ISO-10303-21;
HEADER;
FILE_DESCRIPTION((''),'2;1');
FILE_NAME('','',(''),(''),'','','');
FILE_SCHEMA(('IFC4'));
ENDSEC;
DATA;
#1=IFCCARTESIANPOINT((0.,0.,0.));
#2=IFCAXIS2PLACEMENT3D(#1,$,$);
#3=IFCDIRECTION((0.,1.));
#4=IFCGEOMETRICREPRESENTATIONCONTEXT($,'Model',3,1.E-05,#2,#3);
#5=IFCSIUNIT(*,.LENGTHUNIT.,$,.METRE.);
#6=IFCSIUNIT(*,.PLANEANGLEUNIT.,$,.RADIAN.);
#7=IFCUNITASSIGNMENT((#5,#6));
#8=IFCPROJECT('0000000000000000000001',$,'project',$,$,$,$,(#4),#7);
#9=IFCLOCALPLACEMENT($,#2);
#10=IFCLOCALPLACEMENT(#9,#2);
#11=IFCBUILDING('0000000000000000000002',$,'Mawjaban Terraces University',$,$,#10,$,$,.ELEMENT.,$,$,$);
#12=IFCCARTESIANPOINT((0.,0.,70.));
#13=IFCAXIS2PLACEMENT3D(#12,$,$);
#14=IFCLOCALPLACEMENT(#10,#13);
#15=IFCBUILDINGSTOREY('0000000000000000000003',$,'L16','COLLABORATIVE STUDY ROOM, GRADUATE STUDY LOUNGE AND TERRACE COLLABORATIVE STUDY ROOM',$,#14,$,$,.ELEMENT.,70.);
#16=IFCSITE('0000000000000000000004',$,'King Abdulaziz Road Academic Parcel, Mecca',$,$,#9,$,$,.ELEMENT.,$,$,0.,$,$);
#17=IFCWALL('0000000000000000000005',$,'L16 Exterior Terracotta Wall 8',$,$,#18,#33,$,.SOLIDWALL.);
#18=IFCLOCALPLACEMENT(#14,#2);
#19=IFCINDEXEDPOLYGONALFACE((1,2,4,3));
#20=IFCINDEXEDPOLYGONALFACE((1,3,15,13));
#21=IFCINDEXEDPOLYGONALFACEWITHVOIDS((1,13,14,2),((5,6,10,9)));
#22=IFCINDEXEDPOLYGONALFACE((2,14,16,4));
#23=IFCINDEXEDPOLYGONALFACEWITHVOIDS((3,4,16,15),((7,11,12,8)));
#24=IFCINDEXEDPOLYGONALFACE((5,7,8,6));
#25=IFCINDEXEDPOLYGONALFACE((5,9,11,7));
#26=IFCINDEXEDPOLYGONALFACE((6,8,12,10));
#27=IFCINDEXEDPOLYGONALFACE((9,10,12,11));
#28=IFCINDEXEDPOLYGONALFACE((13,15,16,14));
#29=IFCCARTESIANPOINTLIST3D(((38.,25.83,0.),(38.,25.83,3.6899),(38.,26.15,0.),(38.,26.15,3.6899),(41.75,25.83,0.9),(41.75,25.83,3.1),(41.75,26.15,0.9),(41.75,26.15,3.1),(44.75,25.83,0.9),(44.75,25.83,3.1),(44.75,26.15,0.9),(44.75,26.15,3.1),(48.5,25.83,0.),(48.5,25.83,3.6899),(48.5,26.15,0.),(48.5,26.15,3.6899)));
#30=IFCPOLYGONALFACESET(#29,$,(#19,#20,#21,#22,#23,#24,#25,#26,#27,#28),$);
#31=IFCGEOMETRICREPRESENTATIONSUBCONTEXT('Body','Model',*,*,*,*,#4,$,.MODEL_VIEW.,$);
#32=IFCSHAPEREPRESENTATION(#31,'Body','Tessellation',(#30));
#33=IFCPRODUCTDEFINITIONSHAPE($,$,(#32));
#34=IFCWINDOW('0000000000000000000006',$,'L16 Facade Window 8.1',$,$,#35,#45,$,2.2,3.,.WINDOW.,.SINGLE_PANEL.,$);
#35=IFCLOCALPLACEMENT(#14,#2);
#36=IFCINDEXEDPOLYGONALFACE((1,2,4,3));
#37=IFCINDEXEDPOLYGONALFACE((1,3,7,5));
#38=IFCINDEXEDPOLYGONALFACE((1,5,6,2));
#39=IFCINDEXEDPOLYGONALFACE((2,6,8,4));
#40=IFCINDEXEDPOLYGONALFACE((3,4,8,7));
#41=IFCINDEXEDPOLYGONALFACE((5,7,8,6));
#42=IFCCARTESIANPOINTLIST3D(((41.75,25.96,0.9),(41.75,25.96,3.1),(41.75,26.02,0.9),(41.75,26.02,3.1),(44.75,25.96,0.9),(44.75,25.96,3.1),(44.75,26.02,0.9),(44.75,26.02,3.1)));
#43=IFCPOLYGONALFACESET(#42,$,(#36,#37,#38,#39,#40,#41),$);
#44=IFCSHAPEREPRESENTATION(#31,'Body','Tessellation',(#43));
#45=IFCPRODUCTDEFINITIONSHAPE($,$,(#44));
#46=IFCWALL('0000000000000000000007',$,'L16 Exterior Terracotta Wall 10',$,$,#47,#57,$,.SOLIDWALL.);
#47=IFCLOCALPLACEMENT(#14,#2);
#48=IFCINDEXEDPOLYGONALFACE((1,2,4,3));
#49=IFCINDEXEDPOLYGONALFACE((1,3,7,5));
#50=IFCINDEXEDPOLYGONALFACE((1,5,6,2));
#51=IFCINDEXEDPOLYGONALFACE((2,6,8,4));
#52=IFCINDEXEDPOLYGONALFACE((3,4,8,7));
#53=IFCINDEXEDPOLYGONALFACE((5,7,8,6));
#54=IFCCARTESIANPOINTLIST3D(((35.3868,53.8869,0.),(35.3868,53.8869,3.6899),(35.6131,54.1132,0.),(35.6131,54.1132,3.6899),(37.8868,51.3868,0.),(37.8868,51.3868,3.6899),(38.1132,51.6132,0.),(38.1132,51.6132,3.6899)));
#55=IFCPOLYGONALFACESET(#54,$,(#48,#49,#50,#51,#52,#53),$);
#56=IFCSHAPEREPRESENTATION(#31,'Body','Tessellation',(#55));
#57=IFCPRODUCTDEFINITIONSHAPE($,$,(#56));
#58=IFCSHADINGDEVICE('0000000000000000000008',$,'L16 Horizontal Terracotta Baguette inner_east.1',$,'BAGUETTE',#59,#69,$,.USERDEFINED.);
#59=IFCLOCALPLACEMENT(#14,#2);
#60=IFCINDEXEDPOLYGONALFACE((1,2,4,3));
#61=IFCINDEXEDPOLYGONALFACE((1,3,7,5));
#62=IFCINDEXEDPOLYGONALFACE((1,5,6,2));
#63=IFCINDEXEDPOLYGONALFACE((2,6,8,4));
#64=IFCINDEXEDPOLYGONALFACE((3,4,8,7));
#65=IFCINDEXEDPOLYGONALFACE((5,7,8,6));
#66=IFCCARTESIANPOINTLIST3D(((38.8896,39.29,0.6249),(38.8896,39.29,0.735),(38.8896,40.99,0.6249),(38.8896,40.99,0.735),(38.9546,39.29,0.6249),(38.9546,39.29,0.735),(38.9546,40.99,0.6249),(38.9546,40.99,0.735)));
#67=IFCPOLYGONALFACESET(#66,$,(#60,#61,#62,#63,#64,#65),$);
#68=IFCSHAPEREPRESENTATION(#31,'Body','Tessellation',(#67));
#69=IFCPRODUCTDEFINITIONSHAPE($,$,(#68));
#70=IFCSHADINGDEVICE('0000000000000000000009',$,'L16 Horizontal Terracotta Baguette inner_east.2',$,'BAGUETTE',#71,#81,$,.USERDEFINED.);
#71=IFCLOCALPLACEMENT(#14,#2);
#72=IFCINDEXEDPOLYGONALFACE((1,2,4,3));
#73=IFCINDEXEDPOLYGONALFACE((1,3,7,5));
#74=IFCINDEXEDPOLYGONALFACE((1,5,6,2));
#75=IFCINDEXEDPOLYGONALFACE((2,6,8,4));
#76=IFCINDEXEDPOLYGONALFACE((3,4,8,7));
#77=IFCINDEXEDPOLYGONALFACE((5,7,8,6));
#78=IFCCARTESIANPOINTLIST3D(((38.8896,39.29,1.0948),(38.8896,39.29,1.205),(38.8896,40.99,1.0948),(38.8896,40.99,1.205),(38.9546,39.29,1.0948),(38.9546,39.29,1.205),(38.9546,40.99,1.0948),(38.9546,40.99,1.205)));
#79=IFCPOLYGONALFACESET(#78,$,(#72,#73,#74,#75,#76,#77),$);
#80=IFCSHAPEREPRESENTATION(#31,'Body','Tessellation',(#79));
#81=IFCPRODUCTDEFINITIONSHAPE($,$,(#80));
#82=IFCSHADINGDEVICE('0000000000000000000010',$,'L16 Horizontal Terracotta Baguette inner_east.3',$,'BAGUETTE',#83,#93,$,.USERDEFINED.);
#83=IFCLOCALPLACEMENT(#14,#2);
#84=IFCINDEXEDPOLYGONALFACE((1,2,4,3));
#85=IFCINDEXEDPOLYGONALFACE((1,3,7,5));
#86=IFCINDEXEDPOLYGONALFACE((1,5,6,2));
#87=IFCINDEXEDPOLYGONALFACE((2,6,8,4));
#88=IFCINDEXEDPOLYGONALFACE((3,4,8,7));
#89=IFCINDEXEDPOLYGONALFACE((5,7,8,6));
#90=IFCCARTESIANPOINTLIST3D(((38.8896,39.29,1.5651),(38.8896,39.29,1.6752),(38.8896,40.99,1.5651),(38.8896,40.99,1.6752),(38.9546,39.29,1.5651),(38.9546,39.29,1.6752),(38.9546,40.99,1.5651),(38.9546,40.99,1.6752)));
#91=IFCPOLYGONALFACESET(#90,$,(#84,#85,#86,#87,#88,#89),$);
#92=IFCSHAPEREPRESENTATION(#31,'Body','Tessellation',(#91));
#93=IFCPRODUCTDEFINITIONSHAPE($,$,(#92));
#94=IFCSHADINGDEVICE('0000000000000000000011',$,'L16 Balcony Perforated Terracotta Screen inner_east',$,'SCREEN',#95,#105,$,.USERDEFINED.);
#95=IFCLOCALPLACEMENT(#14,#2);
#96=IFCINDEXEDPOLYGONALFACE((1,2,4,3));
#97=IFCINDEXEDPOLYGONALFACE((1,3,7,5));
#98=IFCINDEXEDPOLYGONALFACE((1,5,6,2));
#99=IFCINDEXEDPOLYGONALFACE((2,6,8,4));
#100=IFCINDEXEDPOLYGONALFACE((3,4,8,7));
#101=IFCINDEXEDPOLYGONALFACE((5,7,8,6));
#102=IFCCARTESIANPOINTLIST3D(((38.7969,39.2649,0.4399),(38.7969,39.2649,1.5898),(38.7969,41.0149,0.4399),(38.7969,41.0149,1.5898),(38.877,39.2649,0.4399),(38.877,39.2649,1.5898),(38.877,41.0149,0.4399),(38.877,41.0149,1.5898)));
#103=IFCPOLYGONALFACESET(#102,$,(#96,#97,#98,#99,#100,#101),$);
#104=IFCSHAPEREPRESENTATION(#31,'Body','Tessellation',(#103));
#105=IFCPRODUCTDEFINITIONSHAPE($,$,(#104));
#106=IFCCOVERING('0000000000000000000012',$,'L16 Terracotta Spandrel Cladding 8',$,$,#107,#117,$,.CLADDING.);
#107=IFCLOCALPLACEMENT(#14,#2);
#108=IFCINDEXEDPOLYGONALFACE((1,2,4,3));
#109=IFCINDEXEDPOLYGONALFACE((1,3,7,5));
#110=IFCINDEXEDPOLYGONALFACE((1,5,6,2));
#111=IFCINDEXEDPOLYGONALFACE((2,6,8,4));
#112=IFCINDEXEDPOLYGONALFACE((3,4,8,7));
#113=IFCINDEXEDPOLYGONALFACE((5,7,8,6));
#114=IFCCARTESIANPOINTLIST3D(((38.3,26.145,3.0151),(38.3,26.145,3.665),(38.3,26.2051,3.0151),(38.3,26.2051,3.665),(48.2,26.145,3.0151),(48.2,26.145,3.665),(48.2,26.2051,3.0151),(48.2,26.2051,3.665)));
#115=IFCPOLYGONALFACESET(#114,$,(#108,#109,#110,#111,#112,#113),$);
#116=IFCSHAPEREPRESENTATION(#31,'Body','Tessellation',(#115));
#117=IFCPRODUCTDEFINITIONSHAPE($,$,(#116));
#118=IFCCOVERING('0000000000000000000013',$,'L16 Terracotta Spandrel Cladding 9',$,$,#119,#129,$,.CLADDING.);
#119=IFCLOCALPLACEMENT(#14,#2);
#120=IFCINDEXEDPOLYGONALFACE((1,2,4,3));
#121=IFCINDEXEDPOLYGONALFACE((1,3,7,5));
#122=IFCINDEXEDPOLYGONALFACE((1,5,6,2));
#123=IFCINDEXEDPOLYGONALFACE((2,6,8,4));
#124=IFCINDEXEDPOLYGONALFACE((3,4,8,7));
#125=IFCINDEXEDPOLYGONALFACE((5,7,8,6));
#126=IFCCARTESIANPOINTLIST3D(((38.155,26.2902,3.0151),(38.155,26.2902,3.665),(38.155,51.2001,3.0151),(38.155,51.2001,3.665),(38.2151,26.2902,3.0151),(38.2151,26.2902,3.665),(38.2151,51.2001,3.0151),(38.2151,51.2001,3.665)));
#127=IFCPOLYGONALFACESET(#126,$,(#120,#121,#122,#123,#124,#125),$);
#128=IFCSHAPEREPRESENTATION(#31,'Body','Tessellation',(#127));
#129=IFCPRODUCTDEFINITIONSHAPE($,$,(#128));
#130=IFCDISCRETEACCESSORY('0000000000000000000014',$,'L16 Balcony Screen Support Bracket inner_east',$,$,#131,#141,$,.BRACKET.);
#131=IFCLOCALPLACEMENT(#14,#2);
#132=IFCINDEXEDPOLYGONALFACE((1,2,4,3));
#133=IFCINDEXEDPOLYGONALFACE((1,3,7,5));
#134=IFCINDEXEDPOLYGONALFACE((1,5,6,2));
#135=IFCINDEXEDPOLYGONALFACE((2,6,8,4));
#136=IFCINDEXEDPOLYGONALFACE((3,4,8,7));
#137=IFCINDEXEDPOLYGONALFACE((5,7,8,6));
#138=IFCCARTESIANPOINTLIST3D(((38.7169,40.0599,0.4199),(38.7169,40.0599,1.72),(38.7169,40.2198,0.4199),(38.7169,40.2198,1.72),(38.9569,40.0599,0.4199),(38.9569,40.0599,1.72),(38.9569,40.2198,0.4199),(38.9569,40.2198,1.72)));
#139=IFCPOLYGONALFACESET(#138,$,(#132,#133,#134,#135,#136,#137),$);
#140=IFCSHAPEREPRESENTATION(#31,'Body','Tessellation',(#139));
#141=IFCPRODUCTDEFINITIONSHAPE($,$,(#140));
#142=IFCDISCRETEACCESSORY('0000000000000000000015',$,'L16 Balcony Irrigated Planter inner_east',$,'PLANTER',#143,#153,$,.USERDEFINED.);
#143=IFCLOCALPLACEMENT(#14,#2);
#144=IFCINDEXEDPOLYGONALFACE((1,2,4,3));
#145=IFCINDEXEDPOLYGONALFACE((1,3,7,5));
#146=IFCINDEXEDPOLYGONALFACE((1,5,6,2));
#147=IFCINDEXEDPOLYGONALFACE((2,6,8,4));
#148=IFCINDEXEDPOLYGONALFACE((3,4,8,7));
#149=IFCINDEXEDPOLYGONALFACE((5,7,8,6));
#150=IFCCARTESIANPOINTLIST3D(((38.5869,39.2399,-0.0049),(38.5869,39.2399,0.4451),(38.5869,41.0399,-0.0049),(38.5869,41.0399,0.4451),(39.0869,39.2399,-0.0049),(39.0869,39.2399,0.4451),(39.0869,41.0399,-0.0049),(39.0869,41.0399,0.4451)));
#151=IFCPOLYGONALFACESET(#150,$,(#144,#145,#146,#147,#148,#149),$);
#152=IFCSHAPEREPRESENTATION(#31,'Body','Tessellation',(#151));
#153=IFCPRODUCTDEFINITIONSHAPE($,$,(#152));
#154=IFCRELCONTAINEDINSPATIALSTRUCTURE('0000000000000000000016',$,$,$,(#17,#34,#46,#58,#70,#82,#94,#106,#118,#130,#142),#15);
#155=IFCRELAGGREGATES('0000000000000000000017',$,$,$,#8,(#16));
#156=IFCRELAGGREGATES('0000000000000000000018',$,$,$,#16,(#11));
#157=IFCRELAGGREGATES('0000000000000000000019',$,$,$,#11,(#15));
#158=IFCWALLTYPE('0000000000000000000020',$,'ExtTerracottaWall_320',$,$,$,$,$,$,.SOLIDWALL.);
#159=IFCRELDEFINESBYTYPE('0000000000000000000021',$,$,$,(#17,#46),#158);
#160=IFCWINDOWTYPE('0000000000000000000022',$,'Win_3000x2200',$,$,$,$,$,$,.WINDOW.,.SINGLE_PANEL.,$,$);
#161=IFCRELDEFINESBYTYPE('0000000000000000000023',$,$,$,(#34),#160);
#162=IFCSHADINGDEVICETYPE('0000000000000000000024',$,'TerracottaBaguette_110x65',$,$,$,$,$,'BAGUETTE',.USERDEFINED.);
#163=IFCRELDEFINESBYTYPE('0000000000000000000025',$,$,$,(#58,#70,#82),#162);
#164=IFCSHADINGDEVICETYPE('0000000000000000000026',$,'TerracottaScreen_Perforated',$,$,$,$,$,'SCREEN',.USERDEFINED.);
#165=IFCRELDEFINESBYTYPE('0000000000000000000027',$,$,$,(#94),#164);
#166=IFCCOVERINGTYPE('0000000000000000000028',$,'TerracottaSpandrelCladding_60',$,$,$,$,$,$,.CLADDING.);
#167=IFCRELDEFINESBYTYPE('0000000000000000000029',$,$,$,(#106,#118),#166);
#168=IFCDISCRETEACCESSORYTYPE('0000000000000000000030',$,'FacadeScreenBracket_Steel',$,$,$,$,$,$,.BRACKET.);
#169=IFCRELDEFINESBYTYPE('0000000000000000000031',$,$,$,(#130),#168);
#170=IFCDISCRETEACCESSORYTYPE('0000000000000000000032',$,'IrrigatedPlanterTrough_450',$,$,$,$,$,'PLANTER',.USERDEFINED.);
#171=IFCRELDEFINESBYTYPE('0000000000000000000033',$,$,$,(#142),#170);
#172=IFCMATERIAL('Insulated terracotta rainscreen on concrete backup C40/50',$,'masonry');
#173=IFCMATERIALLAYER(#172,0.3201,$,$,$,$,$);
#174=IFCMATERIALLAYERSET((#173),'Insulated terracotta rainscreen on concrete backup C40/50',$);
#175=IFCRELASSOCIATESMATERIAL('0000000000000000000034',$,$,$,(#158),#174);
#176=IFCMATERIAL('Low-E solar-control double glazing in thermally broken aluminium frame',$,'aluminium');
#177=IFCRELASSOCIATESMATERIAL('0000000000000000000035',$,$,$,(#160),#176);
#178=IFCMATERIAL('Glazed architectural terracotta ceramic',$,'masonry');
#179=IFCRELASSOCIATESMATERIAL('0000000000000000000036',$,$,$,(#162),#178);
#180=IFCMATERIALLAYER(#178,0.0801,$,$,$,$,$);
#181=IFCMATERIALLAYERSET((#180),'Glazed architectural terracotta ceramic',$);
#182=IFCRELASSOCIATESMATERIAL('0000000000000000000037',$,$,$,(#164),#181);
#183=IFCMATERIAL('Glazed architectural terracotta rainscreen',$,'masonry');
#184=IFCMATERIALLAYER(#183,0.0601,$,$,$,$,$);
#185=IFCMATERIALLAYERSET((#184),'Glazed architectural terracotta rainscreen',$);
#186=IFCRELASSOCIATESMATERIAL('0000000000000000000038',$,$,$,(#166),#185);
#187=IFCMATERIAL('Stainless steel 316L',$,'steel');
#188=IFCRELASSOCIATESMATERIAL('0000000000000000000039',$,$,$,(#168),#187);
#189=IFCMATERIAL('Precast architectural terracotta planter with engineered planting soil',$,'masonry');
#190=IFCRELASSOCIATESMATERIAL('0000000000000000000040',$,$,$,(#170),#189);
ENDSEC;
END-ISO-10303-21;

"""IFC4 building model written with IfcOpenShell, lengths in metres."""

from ifc_helpers import new_model, si_unit, direction, frame, frame_2d, origin, origin_2d, place, context, subcontext, project, spatial, rectangle, extrude, material, layer, layer_set, material_profile, profile_set, type_object, element, fill, save


model = new_model("IFC4")

# Units and contexts
model_context = context("Model", 3, precision=1e-05, world=origin(), true_north=direction((0.0, 1.0)))
body_context = subcontext(model_context, "Body", "Model", "MODEL_VIEW")
ifc_project = project(units=[si_unit("LENGTHUNIT", "METRE"), si_unit("PLANEANGLEUNIT", "RADIAN")], contexts=[model_context])

# Site, building, storey
site_placement = place(None, origin())
site = spatial("IfcSite", under=ifc_project, at=site_placement, Name="King Abdulaziz Road Academic Parcel, Mecca", CompositionType="ELEMENT", RefElevation=0.0)
building_placement = place(site_placement, origin())
building = spatial("IfcBuilding", under=site, at=building_placement, Name="Mawjaban Terraces University", CompositionType="ELEMENT")
storey_placement = place(building_placement, frame((0.0, 0.0, 70.0)))
storey = spatial("IfcBuildingStorey", under=building, at=storey_placement, Name="L16", Description="COLLABORATIVE STUDY ROOM, GRADUATE STUDY LOUNGE AND TERRACE COLLABORATIVE STUDY ROOM", CompositionType="ELEMENT", Elevation=70.0)

# Wall, opening, window
ifc_material_1 = material(Name="Insulated terracotta rainscreen on concrete backup C40/50", Category="masonry")
ifc_layer_1 = layer(ifc_material_1, 0.3201)
ifc_layer_set_1 = layer_set([ifc_layer_1], Name="Insulated terracotta rainscreen on concrete backup C40/50")
wall_type = type_object("IfcWallType", Name="ExtTerracottaWall_320", PredefinedType="SOLIDWALL", material=ifc_layer_set_1)
wall_1_placement = place(storey_placement, frame((48.5, 25.99, 0.0), z_axis=(0.0, 0.0, 1.0), x_axis=(-1.0, 0.0, 0.0)))
wall_1 = element("IfcWall", 1, at=wall_1_placement, inside=storey, type_object=wall_type, Name="L16 Exterior Terracotta Wall 8", PredefinedType="SOLIDWALL", context=body_context, shape_type="SweptSolid", body=[
    extrude(rectangle(XDim=10.5, YDim=0.3201, at=frame_2d((5.25, 0.0))), origin(), (0.0, 0.0, 1.0), 3.6899),
])
opening_placement = place(wall_1_placement, frame((3.75, 0.0, 0.8999)))
opening = element("IfcOpeningElement", 2, at=opening_placement, cuts=wall_1, PredefinedType="OPENING", context=body_context, shape_type="SweptSolid", body=[
    extrude(rectangle(XDim=3.0, YDim=2.2, at=frame_2d((1.5, 1.1001))), frame((0.0, 0.1699, 0.0), z_axis=(0.0, -1.0, 0.0), x_axis=(1.0, 0.0, 0.0)), (0.0, 0.0, 1.0), 0.3401),
])
ifc_material_2 = material(Name="Low-E solar-control double glazing in thermally broken aluminium frame", Category="aluminium")
window_type = type_object("IfcWindowType", Name="Win_3000x2200", PartitioningType="SINGLE_PANEL", PredefinedType="WINDOW", material=ifc_material_2)
window_placement = place(opening_placement, origin())
window = element("IfcWindow", 3, at=window_placement, inside=storey, type_object=window_type, Name="L16 Facade Window 8.1", OverallHeight=2.2, OverallWidth=3.0, PartitioningType="SINGLE_PANEL", PredefinedType="WINDOW", context=body_context, shape_type="SweptSolid", body=[
    extrude(rectangle(XDim=3.0, YDim=2.2, at=frame_2d((1.5, 1.1001))), frame((0.0, 0.03, 0.0), z_axis=(0.0, -1.0, 0.0), x_axis=(1.0, 0.0, 0.0)), (0.0, 0.0, 1.0), 0.0601),
])
fill(opening, window)

# Wall
wall_2_placement = place(storey_placement, frame((38.0, 51.5, 0.0), z_axis=(0.0, 0.0, 1.0), x_axis=(-0.707107, 0.707107, 0.0)))
element("IfcWall", 4, at=wall_2_placement, inside=storey, type_object=wall_type, Name="L16 Exterior Terracotta Wall 10", PredefinedType="SOLIDWALL", context=body_context, shape_type="SweptSolid", body=[
    extrude(rectangle(XDim=3.5356, YDim=0.3201, at=frame_2d((1.7678, 0.0))), origin(), (0.0, 0.0, 1.0), 3.6899),
])

# Shading devices
ifc_material_3 = material(Name="Glazed architectural terracotta ceramic", Category="masonry")
ifc_material_profile_1 = material_profile(ifc_material_3, rectangle(XDim=0.0649, YDim=0.1101, at=origin_2d()), Name="TBAG110X65")
ifc_profile_set_1 = profile_set([ifc_material_profile_1], Name="Glazed architectural terracotta ceramic")
shading_device_type_1 = type_object("IfcShadingDeviceType", Name="TerracottaBaguette_110x65", ElementType="BAGUETTE", PredefinedType="USERDEFINED", material=ifc_profile_set_1)
for number, where, z_axis, x_axis, name in (
    (5, (38.9221, 39.29, 0.6799), (0.0, 1.0, 0.0), (-1.0, 0.0, 0.0), "L16 Horizontal Terracotta Baguette inner_east.1"),
    (6, (38.9221, 39.29, 1.1499), (0.0, 1.0, 0.0), (-1.0, 0.0, 0.0), "L16 Horizontal Terracotta Baguette inner_east.2"),
    (7, (38.9221, 39.29, 1.6201), (0.0, 1.0, 0.0), (-1.0, 0.0, 0.0), "L16 Horizontal Terracotta Baguette inner_east.3"),
):
    element("IfcShadingDevice", number, at=place(storey_placement, frame(where, z_axis=z_axis, x_axis=x_axis)), inside=storey, type_object=shading_device_type_1, Name=name, ObjectType="BAGUETTE", PredefinedType="USERDEFINED", context=body_context, shape_type="SweptSolid", body=[
        extrude(rectangle(XDim=0.0649, YDim=0.1101, at=origin_2d()), origin(), (0.0, 0.0, 1.0), 1.7),
    ])
ifc_layer_2 = layer(ifc_material_3, 0.0801)
ifc_layer_set_2 = layer_set([ifc_layer_2], Name="Glazed architectural terracotta ceramic")
shading_device_type_2 = type_object("IfcShadingDeviceType", Name="TerracottaScreen_Perforated", ElementType="SCREEN", PredefinedType="USERDEFINED", material=ifc_layer_set_2)
shading_device_placement = place(storey_placement, frame((38.8369, 40.1399, 0.4399), z_axis=(0.0, 0.0, 1.0), x_axis=(0.0, 1.0, 0.0)))
element("IfcShadingDevice", 8, at=shading_device_placement, inside=storey, type_object=shading_device_type_2, Name="L16 Balcony Perforated Terracotta Screen inner_east", ObjectType="SCREEN", PredefinedType="USERDEFINED", context=body_context, shape_type="SweptSolid", body=[
    extrude(rectangle(XDim=1.75, YDim=0.0801, at=origin_2d()), origin(), (0.0, 0.0, 1.0), 1.1499),
])

# Coverings
ifc_material_4 = material(Name="Glazed architectural terracotta rainscreen", Category="masonry")
ifc_layer_3 = layer(ifc_material_4, 0.0601)
ifc_layer_set_3 = layer_set([ifc_layer_3], Name="Glazed architectural terracotta rainscreen")
covering_type = type_object("IfcCoveringType", Name="TerracottaSpandrelCladding_60", PredefinedType="CLADDING", material=ifc_layer_set_3)
covering_1_placement = place(storey_placement, frame((43.25, 26.175, 3.0151), z_axis=(0.0, 0.0, 1.0), x_axis=(-1.0, 0.0, 0.0)))
element("IfcCovering", 9, at=covering_1_placement, inside=storey, type_object=covering_type, Name="L16 Terracotta Spandrel Cladding 8", PredefinedType="CLADDING", context=body_context, shape_type="SweptSolid", body=[
    extrude(rectangle(XDim=9.8999, YDim=0.0601, at=origin_2d()), origin(), (0.0, 0.0, 1.0), 0.6499),
])
covering_2_placement = place(storey_placement, frame((38.1851, 38.7451, 3.0151), z_axis=(0.0, 0.0, 1.0), x_axis=(0.0, 1.0, 0.0)))
element("IfcCovering", 10, at=covering_2_placement, inside=storey, type_object=covering_type, Name="L16 Terracotta Spandrel Cladding 9", PredefinedType="CLADDING", context=body_context, shape_type="SweptSolid", body=[
    extrude(rectangle(XDim=24.9099, YDim=0.0601, at=origin_2d()), origin(), (0.0, 0.0, 1.0), 0.6499),
])

# Discrete accessories
ifc_material_5 = material(Name="Stainless steel 316L", Category="steel")
discrete_accessory_type_1 = type_object("IfcDiscreteAccessoryType", Name="FacadeScreenBracket_Steel", PredefinedType="BRACKET", material=ifc_material_5)
discrete_accessory_1_placement = place(storey_placement, frame((38.8369, 40.1399, 0.4199), z_axis=(0.0, 0.0, 1.0), x_axis=(0.0, 1.0, 0.0)))
element("IfcDiscreteAccessory", 11, at=discrete_accessory_1_placement, inside=storey, type_object=discrete_accessory_type_1, Name="L16 Balcony Screen Support Bracket inner_east", PredefinedType="BRACKET", context=body_context, shape_type="SweptSolid", body=[
    extrude(rectangle(XDim=0.1599, YDim=0.24, at=origin_2d()), origin(), (0.0, 0.0, 1.0), 1.3),
])
ifc_material_6 = material(Name="Precast architectural terracotta planter with engineered planting soil", Category="masonry")
discrete_accessory_type_2 = type_object("IfcDiscreteAccessoryType", Name="IrrigatedPlanterTrough_450", ElementType="PLANTER", PredefinedType="USERDEFINED", material=ifc_material_6)
discrete_accessory_2_placement = place(storey_placement, frame((38.8369, 40.1399, -0.0049), z_axis=(0.0, 0.0, 1.0), x_axis=(0.0, 1.0, 0.0)))
element("IfcDiscreteAccessory", 12, at=discrete_accessory_2_placement, inside=storey, type_object=discrete_accessory_type_2, Name="L16 Balcony Irrigated Planter inner_east", ObjectType="PLANTER", PredefinedType="USERDEFINED", context=body_context, shape_type="SweptSolid", body=[
    extrude(rectangle(XDim=1.8, YDim=0.5, at=origin_2d()), origin(), (0.0, 0.0, 1.0), 0.45),
])

save(model, "model.ifc")
